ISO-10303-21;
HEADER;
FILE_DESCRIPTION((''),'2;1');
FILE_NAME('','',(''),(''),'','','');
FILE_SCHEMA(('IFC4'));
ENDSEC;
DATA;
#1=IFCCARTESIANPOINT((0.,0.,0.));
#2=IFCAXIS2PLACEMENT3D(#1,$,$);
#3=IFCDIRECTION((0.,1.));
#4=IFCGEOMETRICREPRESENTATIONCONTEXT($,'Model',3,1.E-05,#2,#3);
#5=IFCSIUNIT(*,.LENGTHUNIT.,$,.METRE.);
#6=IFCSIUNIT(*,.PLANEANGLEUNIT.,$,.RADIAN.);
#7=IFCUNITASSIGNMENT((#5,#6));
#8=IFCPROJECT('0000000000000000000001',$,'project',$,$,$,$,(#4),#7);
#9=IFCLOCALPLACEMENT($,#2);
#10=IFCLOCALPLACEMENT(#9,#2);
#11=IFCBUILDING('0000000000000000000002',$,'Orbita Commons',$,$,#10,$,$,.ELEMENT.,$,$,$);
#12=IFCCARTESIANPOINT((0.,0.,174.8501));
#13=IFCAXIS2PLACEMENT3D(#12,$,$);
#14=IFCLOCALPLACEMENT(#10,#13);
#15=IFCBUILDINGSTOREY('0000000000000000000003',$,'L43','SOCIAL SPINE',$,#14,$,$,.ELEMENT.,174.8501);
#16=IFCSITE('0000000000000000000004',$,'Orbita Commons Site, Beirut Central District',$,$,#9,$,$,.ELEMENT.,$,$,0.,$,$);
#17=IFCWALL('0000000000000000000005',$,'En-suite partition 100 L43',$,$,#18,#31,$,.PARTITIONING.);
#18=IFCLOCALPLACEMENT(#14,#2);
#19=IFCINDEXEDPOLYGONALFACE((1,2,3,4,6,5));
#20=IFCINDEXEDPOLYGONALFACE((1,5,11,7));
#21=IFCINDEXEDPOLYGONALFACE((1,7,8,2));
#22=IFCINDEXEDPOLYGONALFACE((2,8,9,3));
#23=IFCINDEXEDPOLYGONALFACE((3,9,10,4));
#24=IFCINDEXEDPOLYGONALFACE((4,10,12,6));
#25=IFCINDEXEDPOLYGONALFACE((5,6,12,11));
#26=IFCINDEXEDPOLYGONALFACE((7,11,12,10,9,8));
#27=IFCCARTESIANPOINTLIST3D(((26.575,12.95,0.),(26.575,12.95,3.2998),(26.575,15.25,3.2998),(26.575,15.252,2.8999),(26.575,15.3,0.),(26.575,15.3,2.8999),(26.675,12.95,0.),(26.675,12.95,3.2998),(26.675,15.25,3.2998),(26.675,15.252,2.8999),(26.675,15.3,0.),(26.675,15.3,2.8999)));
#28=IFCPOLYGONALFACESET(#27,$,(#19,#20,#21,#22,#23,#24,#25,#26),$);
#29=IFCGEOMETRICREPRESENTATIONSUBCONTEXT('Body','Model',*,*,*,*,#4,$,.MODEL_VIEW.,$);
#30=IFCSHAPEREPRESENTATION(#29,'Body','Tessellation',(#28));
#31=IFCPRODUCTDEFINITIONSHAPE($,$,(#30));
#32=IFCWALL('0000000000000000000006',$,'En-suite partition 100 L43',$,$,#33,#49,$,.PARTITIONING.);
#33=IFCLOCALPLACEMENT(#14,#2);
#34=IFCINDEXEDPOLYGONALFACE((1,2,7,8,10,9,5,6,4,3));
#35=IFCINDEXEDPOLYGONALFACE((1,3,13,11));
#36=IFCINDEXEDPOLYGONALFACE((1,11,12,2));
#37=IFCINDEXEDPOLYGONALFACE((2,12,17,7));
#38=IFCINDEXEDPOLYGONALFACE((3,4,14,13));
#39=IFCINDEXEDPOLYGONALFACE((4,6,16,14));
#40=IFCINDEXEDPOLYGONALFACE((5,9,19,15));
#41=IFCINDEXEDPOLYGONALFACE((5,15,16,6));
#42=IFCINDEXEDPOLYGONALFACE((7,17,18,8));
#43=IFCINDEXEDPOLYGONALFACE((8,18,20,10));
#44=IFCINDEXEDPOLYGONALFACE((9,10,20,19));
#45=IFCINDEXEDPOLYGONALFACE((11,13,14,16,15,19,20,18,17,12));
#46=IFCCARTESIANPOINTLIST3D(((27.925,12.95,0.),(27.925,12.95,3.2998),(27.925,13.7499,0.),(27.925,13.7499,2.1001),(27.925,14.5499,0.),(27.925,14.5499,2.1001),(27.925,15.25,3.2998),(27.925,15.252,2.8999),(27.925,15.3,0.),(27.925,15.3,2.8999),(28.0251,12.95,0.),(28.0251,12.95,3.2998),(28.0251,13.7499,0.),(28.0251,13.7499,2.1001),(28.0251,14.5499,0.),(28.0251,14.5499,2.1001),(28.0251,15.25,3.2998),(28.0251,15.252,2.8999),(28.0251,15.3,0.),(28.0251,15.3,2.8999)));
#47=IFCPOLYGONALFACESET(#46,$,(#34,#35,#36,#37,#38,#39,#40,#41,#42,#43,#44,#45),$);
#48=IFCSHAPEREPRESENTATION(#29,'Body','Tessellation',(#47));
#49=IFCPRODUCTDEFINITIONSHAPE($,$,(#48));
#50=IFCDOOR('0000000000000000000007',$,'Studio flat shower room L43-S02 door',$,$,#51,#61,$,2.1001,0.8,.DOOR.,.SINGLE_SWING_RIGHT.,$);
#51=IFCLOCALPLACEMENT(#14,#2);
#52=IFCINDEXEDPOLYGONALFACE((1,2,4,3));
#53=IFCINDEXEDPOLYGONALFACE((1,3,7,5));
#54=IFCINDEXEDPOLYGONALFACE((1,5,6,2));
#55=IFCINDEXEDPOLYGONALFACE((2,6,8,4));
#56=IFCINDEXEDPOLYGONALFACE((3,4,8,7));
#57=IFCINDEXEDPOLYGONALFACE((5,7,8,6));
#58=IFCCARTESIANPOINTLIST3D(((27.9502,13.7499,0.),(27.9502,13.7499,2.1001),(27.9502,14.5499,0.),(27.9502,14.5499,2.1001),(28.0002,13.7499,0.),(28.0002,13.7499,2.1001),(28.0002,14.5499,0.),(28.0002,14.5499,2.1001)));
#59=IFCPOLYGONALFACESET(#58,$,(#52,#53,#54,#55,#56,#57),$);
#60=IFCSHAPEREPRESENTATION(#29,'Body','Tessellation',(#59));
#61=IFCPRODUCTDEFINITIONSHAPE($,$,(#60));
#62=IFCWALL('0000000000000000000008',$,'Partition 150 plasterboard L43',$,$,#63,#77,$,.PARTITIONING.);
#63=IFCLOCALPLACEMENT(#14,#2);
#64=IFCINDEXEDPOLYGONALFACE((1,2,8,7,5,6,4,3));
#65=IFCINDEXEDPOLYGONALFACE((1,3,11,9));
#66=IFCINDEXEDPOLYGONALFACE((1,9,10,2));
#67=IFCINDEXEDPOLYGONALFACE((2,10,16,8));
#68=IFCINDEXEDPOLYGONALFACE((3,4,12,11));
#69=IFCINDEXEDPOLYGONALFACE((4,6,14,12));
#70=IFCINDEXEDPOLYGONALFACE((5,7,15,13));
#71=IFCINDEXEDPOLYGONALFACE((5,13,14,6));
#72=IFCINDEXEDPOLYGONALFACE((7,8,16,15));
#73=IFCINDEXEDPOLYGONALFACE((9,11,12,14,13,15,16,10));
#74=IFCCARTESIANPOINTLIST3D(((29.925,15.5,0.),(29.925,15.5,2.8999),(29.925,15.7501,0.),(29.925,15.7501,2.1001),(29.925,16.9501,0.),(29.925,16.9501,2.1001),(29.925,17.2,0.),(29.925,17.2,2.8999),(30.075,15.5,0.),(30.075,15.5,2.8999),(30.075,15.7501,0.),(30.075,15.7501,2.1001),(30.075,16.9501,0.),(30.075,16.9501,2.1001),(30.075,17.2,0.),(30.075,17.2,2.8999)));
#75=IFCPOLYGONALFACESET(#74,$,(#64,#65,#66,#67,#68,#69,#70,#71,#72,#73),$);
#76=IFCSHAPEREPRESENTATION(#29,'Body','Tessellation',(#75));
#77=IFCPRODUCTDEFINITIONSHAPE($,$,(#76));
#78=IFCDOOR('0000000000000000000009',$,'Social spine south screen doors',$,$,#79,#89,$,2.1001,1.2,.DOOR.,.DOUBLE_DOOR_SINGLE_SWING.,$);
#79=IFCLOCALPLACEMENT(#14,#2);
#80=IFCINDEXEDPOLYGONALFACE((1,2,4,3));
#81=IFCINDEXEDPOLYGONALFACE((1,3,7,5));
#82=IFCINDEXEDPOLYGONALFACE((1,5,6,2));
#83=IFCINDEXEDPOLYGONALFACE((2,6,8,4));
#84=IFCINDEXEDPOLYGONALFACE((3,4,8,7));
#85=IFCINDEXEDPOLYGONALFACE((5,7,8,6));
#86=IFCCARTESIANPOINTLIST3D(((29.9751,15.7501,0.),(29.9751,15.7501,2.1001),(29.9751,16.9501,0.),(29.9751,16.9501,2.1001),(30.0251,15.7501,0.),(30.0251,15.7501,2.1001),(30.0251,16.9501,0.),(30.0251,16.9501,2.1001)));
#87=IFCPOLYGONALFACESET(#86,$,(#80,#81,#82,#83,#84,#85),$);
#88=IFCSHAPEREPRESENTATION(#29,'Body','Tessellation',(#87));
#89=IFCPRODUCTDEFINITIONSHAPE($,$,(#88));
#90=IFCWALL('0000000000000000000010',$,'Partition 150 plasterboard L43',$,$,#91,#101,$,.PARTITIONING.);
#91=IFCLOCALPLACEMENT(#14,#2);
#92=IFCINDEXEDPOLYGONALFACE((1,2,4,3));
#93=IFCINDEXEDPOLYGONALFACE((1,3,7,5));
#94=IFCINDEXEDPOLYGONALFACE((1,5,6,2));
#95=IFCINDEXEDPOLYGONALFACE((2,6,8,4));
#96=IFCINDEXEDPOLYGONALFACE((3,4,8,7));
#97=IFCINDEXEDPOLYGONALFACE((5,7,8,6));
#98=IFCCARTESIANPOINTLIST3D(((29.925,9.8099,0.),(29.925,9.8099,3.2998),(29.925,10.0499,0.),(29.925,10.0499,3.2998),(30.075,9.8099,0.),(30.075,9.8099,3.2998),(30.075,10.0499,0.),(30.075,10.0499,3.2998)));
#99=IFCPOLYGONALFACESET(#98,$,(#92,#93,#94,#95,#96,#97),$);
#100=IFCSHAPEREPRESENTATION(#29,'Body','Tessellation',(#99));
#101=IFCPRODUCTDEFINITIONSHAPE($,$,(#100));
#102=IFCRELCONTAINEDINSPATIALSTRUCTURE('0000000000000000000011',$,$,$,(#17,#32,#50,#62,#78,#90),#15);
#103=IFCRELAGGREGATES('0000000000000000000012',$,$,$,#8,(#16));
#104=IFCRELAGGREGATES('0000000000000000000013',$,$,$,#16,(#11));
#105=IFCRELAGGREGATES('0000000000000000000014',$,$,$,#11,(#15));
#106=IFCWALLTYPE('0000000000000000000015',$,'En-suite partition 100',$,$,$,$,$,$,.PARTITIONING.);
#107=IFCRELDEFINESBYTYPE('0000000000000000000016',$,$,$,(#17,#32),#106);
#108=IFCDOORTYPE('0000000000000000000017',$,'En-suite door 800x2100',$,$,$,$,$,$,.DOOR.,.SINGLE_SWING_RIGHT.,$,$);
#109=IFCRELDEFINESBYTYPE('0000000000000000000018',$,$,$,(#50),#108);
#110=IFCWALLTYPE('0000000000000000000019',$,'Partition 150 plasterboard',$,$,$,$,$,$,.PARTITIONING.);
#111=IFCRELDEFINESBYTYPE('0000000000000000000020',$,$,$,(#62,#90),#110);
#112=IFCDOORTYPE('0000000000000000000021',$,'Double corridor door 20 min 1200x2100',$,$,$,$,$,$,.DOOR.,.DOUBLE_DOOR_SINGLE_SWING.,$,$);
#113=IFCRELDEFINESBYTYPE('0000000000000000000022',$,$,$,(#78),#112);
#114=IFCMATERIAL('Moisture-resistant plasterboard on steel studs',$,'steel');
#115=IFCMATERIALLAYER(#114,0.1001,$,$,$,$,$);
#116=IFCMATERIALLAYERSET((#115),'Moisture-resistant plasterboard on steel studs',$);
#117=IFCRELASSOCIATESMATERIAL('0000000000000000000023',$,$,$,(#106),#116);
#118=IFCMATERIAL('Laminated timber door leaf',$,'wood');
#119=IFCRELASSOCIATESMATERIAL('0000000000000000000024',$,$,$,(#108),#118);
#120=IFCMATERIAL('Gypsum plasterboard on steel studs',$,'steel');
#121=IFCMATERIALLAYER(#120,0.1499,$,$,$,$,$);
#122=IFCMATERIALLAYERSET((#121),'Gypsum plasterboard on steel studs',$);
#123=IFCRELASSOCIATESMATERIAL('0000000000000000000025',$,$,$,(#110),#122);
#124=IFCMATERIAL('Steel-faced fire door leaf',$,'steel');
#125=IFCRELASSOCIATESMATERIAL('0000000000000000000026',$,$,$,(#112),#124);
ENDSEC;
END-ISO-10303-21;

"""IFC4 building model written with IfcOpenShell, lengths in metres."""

from ifc_helpers import new_model, si_unit, direction, frame, frame_2d, origin, place, context, subcontext, project, spatial, polyline, rectangle, outline, extrude, material, layer, layer_set, type_object, element, fill, save


model = new_model("IFC4")

# Units and contexts
model_context = context("Model", 3, precision=1e-05, world=origin(), true_north=direction((0.0, 1.0)))
body_context = subcontext(model_context, "Body", "Model", "MODEL_VIEW")
ifc_project = project(units=[si_unit("LENGTHUNIT", "METRE"), si_unit("PLANEANGLEUNIT", "RADIAN")], contexts=[model_context])

# Site, building, storey
site_placement = place(None, origin())
site = spatial("IfcSite", under=ifc_project, at=site_placement, Name="Orbita Commons Site, Beirut Central District", CompositionType="ELEMENT", RefElevation=0.0)
building_placement = place(site_placement, origin())
building = spatial("IfcBuilding", under=site, at=building_placement, Name="Orbita Commons", CompositionType="ELEMENT")
storey_placement = place(building_placement, frame((0.0, 0.0, 174.8501)))
storey = spatial("IfcBuildingStorey", under=building, at=storey_placement, Name="L43", Description="SOCIAL SPINE", CompositionType="ELEMENT", Elevation=174.8501)

# Shared definitions
ifc_material_1 = material(Name="Moisture-resistant plasterboard on steel studs", Category="steel")
ifc_layer_1 = layer(ifc_material_1, 0.1001)
ifc_layer_set_1 = layer_set([ifc_layer_1], Name="Moisture-resistant plasterboard on steel studs")
wall_type_1 = type_object("IfcWallType", Name="En-suite partition 100", PredefinedType="PARTITIONING", material=ifc_layer_set_1)
ifc_material_2 = material(Name="Laminated timber door leaf", Category="wood")
door_type_1 = type_object("IfcDoorType", Name="En-suite door 800x2100", OperationType="SINGLE_SWING_RIGHT", PredefinedType="DOOR", material=ifc_material_2)

# Wall
wall_1_placement = place(storey_placement, frame((26.625, 12.95, 0.0), z_axis=(0.0, 0.0, 1.0), x_axis=(0.0, 1.0, 0.0)))
element("IfcWall", 1, at=wall_1_placement, inside=storey, type_object=wall_type_1, Name="En-suite partition 100 L43", PredefinedType="PARTITIONING", context=body_context, shape_type="SweptSolid", body=[
    extrude(outline(polyline([(0.0, 0.0), (2.3501, 0.0), (2.3501, 2.8999), (2.302, 2.8999), (2.3, 3.2998), (0.0, 3.2998), (0.0, 0.0)])), frame((0.0, 0.05, 0.0), z_axis=(0.0, -1.0, 0.0), x_axis=(1.0, 0.0, 0.0)), (0.0, 0.0, 1.0), 0.1001),
])

# Walls, openings, doors
wall_2_placement = place(storey_placement, frame((27.9751, 12.95, 0.0), z_axis=(0.0, 0.0, 1.0), x_axis=(0.0, 1.0, 0.0)))
wall_2 = element("IfcWall", 2, at=wall_2_placement, inside=storey, type_object=wall_type_1, Name="En-suite partition 100 L43", PredefinedType="PARTITIONING", context=body_context, shape_type="SweptSolid", body=[
    extrude(outline(polyline([(0.0, 0.0), (2.3501, 0.0), (2.3501, 2.8999), (2.302, 2.8999), (2.3, 3.2998), (0.0, 3.2998), (0.0, 0.0)])), frame((0.0, 0.05, 0.0), z_axis=(0.0, -1.0, 0.0), x_axis=(1.0, 0.0, 0.0)), (0.0, 0.0, 1.0), 0.1001),
])
opening_1_placement = place(wall_2_placement, frame((0.8, 0.0, 0.0)))
opening_1 = element("IfcOpeningElement", 3, at=opening_1_placement, cuts=wall_2, PredefinedType="OPENING", context=body_context, shape_type="SweptSolid", body=[
    extrude(rectangle(XDim=0.8, YDim=2.1001, at=frame_2d((0.3999, 1.05))), frame((0.0, 0.0601, 0.0), z_axis=(0.0, -1.0, 0.0), x_axis=(1.0, 0.0, 0.0)), (0.0, 0.0, 1.0), 0.1201),
])
door_1_placement = place(opening_1_placement, origin())
door_1 = element("IfcDoor", 4, at=door_1_placement, inside=storey, type_object=door_type_1, Name="Studio flat shower room L43-S02 door", OperationType="SINGLE_SWING_RIGHT", OverallHeight=2.1001, OverallWidth=0.8, PredefinedType="DOOR", context=body_context, shape_type="SweptSolid", body=[
    extrude(rectangle(XDim=0.8, YDim=2.1001, at=frame_2d((0.3999, 1.05))), frame((0.0, 0.0249, 0.0), z_axis=(0.0, -1.0, 0.0), x_axis=(1.0, 0.0, 0.0)), (0.0, 0.0, 1.0), 0.05),
])
fill(opening_1, door_1)
ifc_material_3 = material(Name="Gypsum plasterboard on steel studs", Category="steel")
ifc_layer_2 = layer(ifc_material_3, 0.1499)
ifc_layer_set_2 = layer_set([ifc_layer_2], Name="Gypsum plasterboard on steel studs")
wall_type_2 = type_object("IfcWallType", Name="Partition 150 plasterboard", PredefinedType="PARTITIONING", material=ifc_layer_set_2)
wall_3_placement = place(storey_placement, frame((30.0, 15.5, 0.0), z_axis=(0.0, 0.0, 1.0), x_axis=(0.0, 1.0, 0.0)))
wall_3 = element("IfcWall", 5, at=wall_3_placement, inside=storey, type_object=wall_type_2, Name="Partition 150 plasterboard L43", PredefinedType="PARTITIONING", context=body_context, shape_type="SweptSolid", body=[
    extrude(outline(polyline([(0.0, 0.0), (1.7, 0.0), (1.7, 2.8999), (0.0, 2.8999), (0.0, 0.0)])), frame((0.0, 0.075, 0.0), z_axis=(0.0, -1.0, 0.0), x_axis=(1.0, 0.0, 0.0)), (0.0, 0.0, 1.0), 0.1499),
])
opening_2_placement = place(wall_3_placement, frame((0.25, 0.0, 0.0)))
opening_2 = element("IfcOpeningElement", 6, at=opening_2_placement, cuts=wall_3, PredefinedType="OPENING", context=body_context, shape_type="SweptSolid", body=[
    extrude(rectangle(XDim=1.2, YDim=2.1001, at=frame_2d((0.6001, 1.05))), frame((0.0, 0.085, 0.0), z_axis=(0.0, -1.0, 0.0), x_axis=(1.0, 0.0, 0.0)), (0.0, 0.0, 1.0), 0.1699),
])
ifc_material_4 = material(Name="Steel-faced fire door leaf", Category="steel")
door_type_2 = type_object("IfcDoorType", Name="Double corridor door 20 min 1200x2100", OperationType="DOUBLE_DOOR_SINGLE_SWING", PredefinedType="DOOR", material=ifc_material_4)
door_2_placement = place(opening_2_placement, origin())
door_2 = element("IfcDoor", 7, at=door_2_placement, inside=storey, type_object=door_type_2, Name="Social spine south screen doors", OperationType="DOUBLE_DOOR_SINGLE_SWING", OverallHeight=2.1001, OverallWidth=1.2, PredefinedType="DOOR", context=body_context, shape_type="SweptSolid", body=[
    extrude(rectangle(XDim=1.2, YDim=2.1001, at=frame_2d((0.6001, 1.05))), frame((0.0, 0.0249, 0.0), z_axis=(0.0, -1.0, 0.0), x_axis=(1.0, 0.0, 0.0)), (0.0, 0.0, 1.0), 0.05),
])
fill(opening_2, door_2)

# Wall
wall_4_placement = place(storey_placement, frame((30.0, 10.05, 0.0), z_axis=(0.0, 0.0, 1.0), x_axis=(0.0, -1.0, 0.0)))
element("IfcWall", 8, at=wall_4_placement, inside=storey, type_object=wall_type_2, Name="Partition 150 plasterboard L43", PredefinedType="PARTITIONING", context=body_context, shape_type="SweptSolid", body=[
    extrude(rectangle(XDim=0.24, YDim=0.1499, at=frame_2d((0.1201, 0.0))), origin(), (0.0, 0.0, 1.0), 3.2998),
])

save(model, "model.ifc")
